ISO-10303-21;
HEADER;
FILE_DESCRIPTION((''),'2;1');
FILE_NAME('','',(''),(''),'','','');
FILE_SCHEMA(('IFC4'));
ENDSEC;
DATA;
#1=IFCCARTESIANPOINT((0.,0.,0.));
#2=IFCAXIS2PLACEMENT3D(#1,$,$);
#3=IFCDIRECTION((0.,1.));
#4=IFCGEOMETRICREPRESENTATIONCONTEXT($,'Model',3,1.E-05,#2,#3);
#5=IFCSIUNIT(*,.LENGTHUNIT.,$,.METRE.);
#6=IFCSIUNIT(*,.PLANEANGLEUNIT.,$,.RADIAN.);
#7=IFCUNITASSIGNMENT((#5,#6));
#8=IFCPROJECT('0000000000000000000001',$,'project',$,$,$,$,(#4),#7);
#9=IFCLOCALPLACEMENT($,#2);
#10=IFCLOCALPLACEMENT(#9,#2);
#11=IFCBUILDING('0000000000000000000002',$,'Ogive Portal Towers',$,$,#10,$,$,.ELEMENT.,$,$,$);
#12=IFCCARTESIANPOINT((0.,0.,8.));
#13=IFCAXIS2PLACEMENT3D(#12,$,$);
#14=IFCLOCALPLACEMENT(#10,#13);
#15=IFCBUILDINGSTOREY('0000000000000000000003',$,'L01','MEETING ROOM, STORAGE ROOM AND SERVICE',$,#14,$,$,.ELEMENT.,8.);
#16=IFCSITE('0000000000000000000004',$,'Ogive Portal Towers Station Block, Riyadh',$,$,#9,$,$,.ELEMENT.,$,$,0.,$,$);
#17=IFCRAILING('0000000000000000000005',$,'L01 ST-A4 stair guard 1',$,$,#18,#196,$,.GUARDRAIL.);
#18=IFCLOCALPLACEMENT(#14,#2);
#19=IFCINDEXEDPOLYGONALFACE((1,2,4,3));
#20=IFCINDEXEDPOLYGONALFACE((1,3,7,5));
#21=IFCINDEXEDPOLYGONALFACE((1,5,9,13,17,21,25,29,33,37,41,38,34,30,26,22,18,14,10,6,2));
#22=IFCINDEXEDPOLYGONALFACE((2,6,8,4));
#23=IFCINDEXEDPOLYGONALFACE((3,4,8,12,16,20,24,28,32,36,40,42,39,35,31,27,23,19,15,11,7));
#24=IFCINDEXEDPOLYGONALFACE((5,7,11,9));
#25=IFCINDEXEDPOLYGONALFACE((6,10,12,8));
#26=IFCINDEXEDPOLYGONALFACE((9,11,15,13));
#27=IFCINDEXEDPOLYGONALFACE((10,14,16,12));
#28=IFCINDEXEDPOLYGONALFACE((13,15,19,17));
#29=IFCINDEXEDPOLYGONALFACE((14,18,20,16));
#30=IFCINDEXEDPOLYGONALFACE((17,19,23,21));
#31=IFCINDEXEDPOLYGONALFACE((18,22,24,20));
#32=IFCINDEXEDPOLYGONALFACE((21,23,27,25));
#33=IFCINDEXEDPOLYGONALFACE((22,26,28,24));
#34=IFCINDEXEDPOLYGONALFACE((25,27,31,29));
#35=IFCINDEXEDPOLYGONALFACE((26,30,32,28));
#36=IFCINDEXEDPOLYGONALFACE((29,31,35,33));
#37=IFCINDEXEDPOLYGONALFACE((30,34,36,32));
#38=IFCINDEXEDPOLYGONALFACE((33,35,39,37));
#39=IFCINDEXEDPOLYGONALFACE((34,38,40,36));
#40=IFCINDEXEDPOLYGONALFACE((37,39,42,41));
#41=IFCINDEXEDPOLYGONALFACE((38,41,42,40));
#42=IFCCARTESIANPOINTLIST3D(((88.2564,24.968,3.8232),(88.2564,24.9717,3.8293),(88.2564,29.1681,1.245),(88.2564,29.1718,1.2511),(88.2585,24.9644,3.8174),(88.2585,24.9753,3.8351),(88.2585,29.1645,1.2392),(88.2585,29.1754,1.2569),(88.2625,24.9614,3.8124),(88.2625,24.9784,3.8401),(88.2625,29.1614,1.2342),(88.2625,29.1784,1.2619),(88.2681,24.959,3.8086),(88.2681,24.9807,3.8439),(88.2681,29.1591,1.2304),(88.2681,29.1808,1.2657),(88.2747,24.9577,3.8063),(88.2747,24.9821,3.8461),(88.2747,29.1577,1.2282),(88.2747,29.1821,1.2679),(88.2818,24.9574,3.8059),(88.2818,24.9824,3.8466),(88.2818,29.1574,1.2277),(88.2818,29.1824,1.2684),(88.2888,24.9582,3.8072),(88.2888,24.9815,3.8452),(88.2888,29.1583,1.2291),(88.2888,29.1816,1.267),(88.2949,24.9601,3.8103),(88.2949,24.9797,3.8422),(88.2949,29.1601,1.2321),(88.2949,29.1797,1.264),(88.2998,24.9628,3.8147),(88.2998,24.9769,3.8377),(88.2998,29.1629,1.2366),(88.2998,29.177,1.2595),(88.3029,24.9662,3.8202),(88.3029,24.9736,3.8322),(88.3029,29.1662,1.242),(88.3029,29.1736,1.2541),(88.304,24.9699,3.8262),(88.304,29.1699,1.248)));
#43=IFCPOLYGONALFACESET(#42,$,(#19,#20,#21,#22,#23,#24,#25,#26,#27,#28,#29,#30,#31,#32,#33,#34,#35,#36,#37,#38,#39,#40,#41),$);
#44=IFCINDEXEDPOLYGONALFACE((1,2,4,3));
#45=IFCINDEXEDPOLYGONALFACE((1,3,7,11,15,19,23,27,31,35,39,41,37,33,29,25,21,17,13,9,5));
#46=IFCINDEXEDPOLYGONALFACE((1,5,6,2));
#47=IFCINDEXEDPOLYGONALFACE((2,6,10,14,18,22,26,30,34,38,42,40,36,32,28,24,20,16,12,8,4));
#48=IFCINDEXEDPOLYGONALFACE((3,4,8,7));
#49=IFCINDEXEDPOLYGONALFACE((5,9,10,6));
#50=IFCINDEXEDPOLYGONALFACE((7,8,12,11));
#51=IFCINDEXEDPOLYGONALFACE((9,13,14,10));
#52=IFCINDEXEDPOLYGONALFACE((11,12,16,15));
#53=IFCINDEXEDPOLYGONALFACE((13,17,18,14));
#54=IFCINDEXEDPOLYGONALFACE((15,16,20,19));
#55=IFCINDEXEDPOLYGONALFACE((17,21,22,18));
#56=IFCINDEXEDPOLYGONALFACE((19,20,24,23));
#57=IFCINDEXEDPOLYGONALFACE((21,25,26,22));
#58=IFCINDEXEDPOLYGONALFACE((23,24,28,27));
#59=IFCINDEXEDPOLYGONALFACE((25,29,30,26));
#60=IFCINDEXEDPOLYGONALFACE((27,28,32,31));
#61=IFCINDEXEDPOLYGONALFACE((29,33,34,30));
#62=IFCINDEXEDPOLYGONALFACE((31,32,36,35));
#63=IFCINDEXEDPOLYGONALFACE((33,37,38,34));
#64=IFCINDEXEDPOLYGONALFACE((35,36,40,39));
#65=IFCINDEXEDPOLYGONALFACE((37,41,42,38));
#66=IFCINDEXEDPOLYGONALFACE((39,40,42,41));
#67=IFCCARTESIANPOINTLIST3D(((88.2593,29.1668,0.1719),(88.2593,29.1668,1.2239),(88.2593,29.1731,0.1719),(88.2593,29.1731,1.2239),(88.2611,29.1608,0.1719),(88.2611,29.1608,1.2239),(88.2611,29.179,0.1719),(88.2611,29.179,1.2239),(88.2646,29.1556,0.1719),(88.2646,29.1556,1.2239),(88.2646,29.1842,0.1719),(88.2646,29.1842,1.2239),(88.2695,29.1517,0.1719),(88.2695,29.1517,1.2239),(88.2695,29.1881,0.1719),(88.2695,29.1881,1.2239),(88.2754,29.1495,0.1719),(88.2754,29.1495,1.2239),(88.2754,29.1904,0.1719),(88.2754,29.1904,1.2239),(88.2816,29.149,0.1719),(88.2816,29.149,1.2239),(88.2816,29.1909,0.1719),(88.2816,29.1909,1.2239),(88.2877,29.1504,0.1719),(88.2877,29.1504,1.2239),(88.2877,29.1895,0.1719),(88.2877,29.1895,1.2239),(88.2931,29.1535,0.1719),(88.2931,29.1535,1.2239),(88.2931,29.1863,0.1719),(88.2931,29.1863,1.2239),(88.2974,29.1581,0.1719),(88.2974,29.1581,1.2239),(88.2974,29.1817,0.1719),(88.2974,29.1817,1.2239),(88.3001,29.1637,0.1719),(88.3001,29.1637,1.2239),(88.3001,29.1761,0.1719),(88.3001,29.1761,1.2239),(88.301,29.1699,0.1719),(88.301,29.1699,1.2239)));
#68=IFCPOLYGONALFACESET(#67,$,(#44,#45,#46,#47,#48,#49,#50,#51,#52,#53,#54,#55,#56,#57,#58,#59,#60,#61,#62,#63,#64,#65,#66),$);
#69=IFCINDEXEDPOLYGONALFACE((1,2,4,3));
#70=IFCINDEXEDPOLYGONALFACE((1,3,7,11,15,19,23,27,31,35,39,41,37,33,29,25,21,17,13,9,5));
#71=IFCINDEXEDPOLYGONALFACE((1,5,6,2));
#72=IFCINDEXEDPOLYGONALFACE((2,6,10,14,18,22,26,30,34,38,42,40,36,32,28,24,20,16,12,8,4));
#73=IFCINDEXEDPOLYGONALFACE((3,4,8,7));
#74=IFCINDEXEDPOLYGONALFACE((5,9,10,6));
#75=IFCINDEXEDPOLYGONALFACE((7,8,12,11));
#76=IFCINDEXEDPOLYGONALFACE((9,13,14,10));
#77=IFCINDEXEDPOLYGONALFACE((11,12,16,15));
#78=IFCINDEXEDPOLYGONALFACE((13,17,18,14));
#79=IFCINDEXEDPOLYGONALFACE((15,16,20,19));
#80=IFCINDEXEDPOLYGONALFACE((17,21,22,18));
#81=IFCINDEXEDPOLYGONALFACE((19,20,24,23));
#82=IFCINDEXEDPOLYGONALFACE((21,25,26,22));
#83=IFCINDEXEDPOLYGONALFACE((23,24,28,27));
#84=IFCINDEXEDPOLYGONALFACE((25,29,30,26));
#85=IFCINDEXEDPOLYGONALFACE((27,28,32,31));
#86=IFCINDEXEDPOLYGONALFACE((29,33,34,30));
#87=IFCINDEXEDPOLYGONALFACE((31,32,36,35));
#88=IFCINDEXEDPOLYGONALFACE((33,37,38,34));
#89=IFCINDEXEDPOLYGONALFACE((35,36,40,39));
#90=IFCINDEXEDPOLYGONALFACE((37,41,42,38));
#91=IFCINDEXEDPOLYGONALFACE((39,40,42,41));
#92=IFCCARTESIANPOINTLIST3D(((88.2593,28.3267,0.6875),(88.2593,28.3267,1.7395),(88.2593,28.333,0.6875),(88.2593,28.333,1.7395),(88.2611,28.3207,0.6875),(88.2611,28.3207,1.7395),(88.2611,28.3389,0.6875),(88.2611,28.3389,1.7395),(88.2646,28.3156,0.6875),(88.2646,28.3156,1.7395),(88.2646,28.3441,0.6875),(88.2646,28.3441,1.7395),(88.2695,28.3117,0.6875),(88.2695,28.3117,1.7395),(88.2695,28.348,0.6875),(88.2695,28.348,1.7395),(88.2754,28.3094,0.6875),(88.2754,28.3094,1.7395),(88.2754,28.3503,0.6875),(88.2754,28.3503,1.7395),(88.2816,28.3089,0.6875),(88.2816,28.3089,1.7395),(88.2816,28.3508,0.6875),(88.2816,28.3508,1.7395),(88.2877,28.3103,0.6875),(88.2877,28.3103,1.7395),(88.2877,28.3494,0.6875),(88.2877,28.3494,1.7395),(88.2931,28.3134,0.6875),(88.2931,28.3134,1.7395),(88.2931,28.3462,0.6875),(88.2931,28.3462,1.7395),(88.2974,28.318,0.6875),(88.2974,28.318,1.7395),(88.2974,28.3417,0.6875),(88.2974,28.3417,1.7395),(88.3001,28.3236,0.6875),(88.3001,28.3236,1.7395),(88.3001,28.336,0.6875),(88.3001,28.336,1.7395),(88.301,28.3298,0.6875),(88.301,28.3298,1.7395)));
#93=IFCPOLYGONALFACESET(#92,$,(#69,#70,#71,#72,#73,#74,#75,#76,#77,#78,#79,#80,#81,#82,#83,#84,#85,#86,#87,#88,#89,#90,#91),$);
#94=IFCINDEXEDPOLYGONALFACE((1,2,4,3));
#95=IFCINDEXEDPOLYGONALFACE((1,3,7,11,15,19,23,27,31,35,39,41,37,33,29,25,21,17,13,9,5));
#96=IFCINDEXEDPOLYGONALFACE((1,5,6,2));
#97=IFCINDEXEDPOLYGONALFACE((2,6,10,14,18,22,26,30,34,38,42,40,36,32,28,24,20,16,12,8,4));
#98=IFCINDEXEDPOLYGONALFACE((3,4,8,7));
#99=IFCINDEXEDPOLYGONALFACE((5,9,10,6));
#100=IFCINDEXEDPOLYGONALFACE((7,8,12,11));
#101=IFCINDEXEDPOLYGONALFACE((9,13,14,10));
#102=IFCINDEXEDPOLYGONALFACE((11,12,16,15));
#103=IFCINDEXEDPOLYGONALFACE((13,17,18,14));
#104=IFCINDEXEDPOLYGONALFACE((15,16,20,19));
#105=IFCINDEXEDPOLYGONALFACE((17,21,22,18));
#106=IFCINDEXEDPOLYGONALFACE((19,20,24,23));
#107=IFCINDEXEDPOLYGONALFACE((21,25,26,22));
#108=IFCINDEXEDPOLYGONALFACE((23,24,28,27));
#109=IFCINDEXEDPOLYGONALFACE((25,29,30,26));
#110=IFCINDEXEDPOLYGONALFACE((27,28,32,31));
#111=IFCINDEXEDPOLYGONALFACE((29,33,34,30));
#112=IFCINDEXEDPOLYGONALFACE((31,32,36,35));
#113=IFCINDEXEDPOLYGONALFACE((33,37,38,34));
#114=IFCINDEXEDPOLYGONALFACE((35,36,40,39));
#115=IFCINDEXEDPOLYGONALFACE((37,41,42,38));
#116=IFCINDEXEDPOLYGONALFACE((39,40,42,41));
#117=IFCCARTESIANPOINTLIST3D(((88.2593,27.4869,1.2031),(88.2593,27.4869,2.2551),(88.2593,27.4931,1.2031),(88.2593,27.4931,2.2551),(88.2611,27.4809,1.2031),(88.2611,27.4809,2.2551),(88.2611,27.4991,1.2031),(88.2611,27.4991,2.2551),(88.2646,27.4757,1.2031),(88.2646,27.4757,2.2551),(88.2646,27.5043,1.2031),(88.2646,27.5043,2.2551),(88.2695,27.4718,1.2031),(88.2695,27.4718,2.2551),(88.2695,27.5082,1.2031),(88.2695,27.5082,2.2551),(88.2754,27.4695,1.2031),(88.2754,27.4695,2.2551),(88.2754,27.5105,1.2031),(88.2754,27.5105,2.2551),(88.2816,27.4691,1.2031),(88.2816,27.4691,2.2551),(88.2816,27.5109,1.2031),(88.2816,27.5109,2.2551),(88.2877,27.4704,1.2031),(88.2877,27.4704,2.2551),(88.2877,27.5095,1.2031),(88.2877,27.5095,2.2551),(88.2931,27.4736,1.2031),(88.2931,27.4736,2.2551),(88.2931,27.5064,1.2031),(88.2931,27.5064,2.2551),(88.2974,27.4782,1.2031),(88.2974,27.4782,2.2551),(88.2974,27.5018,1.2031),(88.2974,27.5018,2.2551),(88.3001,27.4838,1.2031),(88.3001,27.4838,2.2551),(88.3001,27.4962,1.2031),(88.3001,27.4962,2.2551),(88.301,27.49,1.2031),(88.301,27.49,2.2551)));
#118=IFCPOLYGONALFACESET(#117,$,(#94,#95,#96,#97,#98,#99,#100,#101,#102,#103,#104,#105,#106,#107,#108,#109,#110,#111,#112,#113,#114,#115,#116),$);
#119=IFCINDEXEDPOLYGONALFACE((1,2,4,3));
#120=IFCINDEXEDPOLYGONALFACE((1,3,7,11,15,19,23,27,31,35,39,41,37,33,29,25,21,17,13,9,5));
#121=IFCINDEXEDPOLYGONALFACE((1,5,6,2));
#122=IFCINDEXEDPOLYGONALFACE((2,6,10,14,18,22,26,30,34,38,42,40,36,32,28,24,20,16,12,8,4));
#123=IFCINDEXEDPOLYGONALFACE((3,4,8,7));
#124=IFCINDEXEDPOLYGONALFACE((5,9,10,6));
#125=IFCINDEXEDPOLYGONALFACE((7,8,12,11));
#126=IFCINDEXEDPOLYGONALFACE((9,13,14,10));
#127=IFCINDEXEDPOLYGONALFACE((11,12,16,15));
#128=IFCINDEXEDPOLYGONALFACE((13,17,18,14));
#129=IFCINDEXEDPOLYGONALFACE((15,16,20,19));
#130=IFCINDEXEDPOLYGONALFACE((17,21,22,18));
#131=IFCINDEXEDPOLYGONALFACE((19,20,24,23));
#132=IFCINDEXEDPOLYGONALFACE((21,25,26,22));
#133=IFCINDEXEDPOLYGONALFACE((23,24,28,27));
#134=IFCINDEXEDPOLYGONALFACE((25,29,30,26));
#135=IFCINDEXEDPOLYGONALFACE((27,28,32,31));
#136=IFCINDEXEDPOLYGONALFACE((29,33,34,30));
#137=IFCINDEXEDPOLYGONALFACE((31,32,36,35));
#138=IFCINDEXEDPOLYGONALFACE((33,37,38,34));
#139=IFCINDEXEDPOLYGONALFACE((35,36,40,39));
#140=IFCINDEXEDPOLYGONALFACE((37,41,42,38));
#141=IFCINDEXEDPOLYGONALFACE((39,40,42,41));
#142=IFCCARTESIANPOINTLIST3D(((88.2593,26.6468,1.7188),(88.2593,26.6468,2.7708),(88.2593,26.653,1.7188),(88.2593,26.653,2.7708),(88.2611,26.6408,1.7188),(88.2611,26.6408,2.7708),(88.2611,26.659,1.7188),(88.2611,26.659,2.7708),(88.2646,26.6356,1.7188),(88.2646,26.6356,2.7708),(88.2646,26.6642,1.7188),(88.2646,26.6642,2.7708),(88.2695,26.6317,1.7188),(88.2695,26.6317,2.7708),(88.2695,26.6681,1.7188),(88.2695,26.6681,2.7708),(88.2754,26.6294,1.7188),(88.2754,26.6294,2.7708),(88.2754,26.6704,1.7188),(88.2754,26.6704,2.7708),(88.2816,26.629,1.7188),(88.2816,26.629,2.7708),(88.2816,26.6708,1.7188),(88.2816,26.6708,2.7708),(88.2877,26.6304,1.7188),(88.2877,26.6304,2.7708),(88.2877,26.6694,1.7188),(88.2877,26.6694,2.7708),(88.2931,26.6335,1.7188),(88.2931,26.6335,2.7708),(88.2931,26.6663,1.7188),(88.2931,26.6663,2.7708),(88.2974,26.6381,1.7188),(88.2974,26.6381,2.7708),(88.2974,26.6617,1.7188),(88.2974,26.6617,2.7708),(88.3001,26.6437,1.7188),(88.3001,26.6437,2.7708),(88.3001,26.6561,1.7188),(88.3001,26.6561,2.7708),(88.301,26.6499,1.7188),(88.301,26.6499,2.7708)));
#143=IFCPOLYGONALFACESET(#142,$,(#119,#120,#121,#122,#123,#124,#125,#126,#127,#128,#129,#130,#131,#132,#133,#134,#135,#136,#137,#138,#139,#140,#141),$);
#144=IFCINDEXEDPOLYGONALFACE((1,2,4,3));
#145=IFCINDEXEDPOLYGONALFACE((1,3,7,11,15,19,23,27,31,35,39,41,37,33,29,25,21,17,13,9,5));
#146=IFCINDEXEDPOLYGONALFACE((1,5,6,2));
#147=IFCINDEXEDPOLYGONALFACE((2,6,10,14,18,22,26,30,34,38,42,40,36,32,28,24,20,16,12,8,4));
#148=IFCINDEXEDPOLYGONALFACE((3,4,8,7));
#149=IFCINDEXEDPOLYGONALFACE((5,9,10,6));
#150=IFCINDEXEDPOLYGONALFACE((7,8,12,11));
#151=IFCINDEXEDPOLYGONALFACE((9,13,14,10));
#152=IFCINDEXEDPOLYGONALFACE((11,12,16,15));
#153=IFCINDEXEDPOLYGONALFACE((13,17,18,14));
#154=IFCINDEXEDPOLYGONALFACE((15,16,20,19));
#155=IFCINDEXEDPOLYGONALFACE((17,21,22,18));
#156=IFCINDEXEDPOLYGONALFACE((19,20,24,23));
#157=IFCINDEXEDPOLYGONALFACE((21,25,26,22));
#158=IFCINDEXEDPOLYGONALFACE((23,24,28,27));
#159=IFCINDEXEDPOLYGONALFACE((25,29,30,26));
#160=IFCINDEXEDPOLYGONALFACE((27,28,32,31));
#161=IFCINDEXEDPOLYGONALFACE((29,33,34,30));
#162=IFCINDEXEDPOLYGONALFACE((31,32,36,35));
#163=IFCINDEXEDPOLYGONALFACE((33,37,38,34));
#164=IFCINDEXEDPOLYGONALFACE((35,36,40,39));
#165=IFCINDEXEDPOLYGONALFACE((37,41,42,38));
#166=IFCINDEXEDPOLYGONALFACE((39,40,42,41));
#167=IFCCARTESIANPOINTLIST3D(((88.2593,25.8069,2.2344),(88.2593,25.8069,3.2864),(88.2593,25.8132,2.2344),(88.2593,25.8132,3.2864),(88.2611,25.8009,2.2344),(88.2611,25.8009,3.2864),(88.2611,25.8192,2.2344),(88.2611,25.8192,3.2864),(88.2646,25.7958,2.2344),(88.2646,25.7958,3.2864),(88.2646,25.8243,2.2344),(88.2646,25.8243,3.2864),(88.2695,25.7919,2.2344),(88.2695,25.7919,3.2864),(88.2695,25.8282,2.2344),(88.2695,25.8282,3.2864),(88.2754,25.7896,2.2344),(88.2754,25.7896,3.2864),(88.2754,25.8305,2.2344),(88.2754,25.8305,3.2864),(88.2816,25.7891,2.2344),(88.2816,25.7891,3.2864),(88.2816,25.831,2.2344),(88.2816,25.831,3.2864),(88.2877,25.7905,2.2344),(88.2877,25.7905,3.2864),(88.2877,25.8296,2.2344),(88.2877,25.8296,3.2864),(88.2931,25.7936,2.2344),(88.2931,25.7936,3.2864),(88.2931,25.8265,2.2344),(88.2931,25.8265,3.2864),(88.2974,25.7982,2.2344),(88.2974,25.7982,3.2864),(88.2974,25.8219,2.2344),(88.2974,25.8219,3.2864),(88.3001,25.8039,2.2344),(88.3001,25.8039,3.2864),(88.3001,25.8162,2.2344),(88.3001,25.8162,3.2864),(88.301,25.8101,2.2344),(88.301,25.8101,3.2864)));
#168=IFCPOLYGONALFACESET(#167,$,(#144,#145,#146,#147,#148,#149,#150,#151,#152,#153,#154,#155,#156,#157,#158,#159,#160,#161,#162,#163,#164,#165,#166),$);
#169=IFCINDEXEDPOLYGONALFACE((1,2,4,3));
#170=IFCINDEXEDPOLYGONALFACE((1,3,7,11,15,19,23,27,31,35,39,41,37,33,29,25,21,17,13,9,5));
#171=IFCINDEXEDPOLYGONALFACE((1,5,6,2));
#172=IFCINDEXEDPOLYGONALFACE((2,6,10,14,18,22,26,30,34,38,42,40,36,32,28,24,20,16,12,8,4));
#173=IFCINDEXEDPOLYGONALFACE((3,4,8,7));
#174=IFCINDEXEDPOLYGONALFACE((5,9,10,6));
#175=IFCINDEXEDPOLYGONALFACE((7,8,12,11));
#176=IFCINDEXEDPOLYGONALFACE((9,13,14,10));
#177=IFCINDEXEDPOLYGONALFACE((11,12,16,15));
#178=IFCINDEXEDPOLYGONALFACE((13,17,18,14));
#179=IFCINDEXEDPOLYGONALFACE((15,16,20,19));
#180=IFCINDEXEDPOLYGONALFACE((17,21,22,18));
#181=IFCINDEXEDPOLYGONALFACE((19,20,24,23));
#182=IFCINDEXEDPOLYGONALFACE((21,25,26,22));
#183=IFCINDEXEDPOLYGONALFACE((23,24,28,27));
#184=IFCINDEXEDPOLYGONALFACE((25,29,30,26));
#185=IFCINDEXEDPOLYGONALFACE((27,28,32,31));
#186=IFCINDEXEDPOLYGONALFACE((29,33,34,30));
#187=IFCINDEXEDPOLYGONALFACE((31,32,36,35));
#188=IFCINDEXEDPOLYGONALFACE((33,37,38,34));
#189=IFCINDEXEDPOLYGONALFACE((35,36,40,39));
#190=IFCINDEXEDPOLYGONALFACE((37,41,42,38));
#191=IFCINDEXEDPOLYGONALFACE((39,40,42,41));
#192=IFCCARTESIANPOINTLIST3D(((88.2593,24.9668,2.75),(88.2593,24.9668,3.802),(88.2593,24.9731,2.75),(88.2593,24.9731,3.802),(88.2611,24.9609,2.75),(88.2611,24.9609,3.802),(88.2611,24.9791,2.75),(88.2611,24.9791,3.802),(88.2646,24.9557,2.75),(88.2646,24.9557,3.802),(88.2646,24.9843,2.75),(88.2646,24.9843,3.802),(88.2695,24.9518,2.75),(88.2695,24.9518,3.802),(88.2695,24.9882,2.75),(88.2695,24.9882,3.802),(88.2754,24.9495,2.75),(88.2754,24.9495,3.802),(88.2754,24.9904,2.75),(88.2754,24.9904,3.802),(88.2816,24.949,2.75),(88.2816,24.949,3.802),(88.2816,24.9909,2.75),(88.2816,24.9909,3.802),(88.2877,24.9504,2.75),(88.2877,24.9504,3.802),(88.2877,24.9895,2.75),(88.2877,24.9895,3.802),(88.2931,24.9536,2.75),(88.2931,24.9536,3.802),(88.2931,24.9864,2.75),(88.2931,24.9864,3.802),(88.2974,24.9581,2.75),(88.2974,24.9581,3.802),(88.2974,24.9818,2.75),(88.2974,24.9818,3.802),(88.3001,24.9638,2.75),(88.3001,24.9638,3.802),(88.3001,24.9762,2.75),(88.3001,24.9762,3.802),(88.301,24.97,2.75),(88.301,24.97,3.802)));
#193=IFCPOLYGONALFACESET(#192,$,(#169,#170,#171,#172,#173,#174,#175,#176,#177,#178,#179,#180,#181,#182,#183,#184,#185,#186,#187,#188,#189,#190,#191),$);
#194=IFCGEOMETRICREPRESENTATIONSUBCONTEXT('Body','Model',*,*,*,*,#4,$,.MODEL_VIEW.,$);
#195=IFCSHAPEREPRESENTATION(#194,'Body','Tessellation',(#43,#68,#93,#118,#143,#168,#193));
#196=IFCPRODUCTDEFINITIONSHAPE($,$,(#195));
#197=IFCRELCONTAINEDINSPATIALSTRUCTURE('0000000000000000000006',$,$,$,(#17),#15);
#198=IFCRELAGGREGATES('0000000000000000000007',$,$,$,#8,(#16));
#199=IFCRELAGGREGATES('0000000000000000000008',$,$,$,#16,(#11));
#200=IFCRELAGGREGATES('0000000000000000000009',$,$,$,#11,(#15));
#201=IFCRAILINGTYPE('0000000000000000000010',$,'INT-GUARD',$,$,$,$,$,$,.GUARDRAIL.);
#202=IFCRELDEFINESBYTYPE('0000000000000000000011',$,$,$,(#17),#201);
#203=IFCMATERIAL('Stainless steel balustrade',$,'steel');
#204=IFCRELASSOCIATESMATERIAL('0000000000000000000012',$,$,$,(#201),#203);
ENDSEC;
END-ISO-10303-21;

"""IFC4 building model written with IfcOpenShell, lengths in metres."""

from ifc_helpers import new_model, si_unit, direction, frame, origin, origin_2d, place, context, subcontext, project, spatial, circle, extrude, material, type_object, element, save


model = new_model("IFC4")

# Units and contexts
model_context = context("Model", 3, precision=1e-05, world=origin(), true_north=direction((0.0, 1.0)))
body_context = subcontext(model_context, "Body", "Model", "MODEL_VIEW")
ifc_project = project(units=[si_unit("LENGTHUNIT", "METRE"), si_unit("PLANEANGLEUNIT", "RADIAN")], contexts=[model_context])

# Site, building, storey
site_placement = place(None, origin())
site = spatial("IfcSite", under=ifc_project, at=site_placement, Name="Ogive Portal Towers Station Block, Riyadh", CompositionType="ELEMENT", RefElevation=0.0)
building_placement = place(site_placement, origin())
building = spatial("IfcBuilding", under=site, at=building_placement, Name="Ogive Portal Towers", CompositionType="ELEMENT")
storey_placement = place(building_placement, frame((0.0, 0.0, 8.0)))
storey = spatial("IfcBuildingStorey", under=building, at=storey_placement, Name="L01", Description="MEETING ROOM, STORAGE ROOM AND SERVICE", CompositionType="ELEMENT", Elevation=8.0)

# Railing
ifc_material_1 = material(Name="Stainless steel balustrade", Category="steel")
railing_type_1 = type_object("IfcRailingType", Name="INT-GUARD", PredefinedType="GUARDRAIL", material=ifc_material_1)
railing_1_placement = place(storey_placement, frame((88.28, 29.1699, 0.1719)))
element("IfcRailing", 1, at=railing_1_placement, inside=storey, type_object=railing_type_1, Name="L01 ST-A4 stair guard 1", PredefinedType="GUARDRAIL", context=body_context, shape_type="SweptSolid", body=[
    extrude(circle(Radius=0.0239, at=origin_2d()), frame((0.0, 0.0, 1.0762), z_axis=(0.0, -0.852243, 0.523146), x_axis=(1.0, 0.0, 0.0)), (0.0, 0.0, 1.0), 4.9282),
    extrude(circle(Radius=0.021, at=origin_2d()), origin(), (0.0, 0.0, 1.0), 1.052),
    extrude(circle(Radius=0.021, at=origin_2d()), frame((0.0, -0.8401, 0.5156)), (0.0, 0.0, 1.0), 1.052),
    extrude(circle(Radius=0.021, at=origin_2d()), frame((0.0, -1.6799, 1.0312)), (0.0, 0.0, 1.0), 1.052),
    extrude(circle(Radius=0.021, at=origin_2d()), frame((0.0, -2.52, 1.5469)), (0.0, 0.0, 1.0), 1.052),
    extrude(circle(Radius=0.021, at=origin_2d()), frame((0.0, -3.3599, 2.0625)), (0.0, 0.0, 1.0), 1.052),
    extrude(circle(Radius=0.021, at=origin_2d()), frame((0.0, -4.2, 2.5781)), (0.0, 0.0, 1.0), 1.052),
])

save(model, "model.ifc")
